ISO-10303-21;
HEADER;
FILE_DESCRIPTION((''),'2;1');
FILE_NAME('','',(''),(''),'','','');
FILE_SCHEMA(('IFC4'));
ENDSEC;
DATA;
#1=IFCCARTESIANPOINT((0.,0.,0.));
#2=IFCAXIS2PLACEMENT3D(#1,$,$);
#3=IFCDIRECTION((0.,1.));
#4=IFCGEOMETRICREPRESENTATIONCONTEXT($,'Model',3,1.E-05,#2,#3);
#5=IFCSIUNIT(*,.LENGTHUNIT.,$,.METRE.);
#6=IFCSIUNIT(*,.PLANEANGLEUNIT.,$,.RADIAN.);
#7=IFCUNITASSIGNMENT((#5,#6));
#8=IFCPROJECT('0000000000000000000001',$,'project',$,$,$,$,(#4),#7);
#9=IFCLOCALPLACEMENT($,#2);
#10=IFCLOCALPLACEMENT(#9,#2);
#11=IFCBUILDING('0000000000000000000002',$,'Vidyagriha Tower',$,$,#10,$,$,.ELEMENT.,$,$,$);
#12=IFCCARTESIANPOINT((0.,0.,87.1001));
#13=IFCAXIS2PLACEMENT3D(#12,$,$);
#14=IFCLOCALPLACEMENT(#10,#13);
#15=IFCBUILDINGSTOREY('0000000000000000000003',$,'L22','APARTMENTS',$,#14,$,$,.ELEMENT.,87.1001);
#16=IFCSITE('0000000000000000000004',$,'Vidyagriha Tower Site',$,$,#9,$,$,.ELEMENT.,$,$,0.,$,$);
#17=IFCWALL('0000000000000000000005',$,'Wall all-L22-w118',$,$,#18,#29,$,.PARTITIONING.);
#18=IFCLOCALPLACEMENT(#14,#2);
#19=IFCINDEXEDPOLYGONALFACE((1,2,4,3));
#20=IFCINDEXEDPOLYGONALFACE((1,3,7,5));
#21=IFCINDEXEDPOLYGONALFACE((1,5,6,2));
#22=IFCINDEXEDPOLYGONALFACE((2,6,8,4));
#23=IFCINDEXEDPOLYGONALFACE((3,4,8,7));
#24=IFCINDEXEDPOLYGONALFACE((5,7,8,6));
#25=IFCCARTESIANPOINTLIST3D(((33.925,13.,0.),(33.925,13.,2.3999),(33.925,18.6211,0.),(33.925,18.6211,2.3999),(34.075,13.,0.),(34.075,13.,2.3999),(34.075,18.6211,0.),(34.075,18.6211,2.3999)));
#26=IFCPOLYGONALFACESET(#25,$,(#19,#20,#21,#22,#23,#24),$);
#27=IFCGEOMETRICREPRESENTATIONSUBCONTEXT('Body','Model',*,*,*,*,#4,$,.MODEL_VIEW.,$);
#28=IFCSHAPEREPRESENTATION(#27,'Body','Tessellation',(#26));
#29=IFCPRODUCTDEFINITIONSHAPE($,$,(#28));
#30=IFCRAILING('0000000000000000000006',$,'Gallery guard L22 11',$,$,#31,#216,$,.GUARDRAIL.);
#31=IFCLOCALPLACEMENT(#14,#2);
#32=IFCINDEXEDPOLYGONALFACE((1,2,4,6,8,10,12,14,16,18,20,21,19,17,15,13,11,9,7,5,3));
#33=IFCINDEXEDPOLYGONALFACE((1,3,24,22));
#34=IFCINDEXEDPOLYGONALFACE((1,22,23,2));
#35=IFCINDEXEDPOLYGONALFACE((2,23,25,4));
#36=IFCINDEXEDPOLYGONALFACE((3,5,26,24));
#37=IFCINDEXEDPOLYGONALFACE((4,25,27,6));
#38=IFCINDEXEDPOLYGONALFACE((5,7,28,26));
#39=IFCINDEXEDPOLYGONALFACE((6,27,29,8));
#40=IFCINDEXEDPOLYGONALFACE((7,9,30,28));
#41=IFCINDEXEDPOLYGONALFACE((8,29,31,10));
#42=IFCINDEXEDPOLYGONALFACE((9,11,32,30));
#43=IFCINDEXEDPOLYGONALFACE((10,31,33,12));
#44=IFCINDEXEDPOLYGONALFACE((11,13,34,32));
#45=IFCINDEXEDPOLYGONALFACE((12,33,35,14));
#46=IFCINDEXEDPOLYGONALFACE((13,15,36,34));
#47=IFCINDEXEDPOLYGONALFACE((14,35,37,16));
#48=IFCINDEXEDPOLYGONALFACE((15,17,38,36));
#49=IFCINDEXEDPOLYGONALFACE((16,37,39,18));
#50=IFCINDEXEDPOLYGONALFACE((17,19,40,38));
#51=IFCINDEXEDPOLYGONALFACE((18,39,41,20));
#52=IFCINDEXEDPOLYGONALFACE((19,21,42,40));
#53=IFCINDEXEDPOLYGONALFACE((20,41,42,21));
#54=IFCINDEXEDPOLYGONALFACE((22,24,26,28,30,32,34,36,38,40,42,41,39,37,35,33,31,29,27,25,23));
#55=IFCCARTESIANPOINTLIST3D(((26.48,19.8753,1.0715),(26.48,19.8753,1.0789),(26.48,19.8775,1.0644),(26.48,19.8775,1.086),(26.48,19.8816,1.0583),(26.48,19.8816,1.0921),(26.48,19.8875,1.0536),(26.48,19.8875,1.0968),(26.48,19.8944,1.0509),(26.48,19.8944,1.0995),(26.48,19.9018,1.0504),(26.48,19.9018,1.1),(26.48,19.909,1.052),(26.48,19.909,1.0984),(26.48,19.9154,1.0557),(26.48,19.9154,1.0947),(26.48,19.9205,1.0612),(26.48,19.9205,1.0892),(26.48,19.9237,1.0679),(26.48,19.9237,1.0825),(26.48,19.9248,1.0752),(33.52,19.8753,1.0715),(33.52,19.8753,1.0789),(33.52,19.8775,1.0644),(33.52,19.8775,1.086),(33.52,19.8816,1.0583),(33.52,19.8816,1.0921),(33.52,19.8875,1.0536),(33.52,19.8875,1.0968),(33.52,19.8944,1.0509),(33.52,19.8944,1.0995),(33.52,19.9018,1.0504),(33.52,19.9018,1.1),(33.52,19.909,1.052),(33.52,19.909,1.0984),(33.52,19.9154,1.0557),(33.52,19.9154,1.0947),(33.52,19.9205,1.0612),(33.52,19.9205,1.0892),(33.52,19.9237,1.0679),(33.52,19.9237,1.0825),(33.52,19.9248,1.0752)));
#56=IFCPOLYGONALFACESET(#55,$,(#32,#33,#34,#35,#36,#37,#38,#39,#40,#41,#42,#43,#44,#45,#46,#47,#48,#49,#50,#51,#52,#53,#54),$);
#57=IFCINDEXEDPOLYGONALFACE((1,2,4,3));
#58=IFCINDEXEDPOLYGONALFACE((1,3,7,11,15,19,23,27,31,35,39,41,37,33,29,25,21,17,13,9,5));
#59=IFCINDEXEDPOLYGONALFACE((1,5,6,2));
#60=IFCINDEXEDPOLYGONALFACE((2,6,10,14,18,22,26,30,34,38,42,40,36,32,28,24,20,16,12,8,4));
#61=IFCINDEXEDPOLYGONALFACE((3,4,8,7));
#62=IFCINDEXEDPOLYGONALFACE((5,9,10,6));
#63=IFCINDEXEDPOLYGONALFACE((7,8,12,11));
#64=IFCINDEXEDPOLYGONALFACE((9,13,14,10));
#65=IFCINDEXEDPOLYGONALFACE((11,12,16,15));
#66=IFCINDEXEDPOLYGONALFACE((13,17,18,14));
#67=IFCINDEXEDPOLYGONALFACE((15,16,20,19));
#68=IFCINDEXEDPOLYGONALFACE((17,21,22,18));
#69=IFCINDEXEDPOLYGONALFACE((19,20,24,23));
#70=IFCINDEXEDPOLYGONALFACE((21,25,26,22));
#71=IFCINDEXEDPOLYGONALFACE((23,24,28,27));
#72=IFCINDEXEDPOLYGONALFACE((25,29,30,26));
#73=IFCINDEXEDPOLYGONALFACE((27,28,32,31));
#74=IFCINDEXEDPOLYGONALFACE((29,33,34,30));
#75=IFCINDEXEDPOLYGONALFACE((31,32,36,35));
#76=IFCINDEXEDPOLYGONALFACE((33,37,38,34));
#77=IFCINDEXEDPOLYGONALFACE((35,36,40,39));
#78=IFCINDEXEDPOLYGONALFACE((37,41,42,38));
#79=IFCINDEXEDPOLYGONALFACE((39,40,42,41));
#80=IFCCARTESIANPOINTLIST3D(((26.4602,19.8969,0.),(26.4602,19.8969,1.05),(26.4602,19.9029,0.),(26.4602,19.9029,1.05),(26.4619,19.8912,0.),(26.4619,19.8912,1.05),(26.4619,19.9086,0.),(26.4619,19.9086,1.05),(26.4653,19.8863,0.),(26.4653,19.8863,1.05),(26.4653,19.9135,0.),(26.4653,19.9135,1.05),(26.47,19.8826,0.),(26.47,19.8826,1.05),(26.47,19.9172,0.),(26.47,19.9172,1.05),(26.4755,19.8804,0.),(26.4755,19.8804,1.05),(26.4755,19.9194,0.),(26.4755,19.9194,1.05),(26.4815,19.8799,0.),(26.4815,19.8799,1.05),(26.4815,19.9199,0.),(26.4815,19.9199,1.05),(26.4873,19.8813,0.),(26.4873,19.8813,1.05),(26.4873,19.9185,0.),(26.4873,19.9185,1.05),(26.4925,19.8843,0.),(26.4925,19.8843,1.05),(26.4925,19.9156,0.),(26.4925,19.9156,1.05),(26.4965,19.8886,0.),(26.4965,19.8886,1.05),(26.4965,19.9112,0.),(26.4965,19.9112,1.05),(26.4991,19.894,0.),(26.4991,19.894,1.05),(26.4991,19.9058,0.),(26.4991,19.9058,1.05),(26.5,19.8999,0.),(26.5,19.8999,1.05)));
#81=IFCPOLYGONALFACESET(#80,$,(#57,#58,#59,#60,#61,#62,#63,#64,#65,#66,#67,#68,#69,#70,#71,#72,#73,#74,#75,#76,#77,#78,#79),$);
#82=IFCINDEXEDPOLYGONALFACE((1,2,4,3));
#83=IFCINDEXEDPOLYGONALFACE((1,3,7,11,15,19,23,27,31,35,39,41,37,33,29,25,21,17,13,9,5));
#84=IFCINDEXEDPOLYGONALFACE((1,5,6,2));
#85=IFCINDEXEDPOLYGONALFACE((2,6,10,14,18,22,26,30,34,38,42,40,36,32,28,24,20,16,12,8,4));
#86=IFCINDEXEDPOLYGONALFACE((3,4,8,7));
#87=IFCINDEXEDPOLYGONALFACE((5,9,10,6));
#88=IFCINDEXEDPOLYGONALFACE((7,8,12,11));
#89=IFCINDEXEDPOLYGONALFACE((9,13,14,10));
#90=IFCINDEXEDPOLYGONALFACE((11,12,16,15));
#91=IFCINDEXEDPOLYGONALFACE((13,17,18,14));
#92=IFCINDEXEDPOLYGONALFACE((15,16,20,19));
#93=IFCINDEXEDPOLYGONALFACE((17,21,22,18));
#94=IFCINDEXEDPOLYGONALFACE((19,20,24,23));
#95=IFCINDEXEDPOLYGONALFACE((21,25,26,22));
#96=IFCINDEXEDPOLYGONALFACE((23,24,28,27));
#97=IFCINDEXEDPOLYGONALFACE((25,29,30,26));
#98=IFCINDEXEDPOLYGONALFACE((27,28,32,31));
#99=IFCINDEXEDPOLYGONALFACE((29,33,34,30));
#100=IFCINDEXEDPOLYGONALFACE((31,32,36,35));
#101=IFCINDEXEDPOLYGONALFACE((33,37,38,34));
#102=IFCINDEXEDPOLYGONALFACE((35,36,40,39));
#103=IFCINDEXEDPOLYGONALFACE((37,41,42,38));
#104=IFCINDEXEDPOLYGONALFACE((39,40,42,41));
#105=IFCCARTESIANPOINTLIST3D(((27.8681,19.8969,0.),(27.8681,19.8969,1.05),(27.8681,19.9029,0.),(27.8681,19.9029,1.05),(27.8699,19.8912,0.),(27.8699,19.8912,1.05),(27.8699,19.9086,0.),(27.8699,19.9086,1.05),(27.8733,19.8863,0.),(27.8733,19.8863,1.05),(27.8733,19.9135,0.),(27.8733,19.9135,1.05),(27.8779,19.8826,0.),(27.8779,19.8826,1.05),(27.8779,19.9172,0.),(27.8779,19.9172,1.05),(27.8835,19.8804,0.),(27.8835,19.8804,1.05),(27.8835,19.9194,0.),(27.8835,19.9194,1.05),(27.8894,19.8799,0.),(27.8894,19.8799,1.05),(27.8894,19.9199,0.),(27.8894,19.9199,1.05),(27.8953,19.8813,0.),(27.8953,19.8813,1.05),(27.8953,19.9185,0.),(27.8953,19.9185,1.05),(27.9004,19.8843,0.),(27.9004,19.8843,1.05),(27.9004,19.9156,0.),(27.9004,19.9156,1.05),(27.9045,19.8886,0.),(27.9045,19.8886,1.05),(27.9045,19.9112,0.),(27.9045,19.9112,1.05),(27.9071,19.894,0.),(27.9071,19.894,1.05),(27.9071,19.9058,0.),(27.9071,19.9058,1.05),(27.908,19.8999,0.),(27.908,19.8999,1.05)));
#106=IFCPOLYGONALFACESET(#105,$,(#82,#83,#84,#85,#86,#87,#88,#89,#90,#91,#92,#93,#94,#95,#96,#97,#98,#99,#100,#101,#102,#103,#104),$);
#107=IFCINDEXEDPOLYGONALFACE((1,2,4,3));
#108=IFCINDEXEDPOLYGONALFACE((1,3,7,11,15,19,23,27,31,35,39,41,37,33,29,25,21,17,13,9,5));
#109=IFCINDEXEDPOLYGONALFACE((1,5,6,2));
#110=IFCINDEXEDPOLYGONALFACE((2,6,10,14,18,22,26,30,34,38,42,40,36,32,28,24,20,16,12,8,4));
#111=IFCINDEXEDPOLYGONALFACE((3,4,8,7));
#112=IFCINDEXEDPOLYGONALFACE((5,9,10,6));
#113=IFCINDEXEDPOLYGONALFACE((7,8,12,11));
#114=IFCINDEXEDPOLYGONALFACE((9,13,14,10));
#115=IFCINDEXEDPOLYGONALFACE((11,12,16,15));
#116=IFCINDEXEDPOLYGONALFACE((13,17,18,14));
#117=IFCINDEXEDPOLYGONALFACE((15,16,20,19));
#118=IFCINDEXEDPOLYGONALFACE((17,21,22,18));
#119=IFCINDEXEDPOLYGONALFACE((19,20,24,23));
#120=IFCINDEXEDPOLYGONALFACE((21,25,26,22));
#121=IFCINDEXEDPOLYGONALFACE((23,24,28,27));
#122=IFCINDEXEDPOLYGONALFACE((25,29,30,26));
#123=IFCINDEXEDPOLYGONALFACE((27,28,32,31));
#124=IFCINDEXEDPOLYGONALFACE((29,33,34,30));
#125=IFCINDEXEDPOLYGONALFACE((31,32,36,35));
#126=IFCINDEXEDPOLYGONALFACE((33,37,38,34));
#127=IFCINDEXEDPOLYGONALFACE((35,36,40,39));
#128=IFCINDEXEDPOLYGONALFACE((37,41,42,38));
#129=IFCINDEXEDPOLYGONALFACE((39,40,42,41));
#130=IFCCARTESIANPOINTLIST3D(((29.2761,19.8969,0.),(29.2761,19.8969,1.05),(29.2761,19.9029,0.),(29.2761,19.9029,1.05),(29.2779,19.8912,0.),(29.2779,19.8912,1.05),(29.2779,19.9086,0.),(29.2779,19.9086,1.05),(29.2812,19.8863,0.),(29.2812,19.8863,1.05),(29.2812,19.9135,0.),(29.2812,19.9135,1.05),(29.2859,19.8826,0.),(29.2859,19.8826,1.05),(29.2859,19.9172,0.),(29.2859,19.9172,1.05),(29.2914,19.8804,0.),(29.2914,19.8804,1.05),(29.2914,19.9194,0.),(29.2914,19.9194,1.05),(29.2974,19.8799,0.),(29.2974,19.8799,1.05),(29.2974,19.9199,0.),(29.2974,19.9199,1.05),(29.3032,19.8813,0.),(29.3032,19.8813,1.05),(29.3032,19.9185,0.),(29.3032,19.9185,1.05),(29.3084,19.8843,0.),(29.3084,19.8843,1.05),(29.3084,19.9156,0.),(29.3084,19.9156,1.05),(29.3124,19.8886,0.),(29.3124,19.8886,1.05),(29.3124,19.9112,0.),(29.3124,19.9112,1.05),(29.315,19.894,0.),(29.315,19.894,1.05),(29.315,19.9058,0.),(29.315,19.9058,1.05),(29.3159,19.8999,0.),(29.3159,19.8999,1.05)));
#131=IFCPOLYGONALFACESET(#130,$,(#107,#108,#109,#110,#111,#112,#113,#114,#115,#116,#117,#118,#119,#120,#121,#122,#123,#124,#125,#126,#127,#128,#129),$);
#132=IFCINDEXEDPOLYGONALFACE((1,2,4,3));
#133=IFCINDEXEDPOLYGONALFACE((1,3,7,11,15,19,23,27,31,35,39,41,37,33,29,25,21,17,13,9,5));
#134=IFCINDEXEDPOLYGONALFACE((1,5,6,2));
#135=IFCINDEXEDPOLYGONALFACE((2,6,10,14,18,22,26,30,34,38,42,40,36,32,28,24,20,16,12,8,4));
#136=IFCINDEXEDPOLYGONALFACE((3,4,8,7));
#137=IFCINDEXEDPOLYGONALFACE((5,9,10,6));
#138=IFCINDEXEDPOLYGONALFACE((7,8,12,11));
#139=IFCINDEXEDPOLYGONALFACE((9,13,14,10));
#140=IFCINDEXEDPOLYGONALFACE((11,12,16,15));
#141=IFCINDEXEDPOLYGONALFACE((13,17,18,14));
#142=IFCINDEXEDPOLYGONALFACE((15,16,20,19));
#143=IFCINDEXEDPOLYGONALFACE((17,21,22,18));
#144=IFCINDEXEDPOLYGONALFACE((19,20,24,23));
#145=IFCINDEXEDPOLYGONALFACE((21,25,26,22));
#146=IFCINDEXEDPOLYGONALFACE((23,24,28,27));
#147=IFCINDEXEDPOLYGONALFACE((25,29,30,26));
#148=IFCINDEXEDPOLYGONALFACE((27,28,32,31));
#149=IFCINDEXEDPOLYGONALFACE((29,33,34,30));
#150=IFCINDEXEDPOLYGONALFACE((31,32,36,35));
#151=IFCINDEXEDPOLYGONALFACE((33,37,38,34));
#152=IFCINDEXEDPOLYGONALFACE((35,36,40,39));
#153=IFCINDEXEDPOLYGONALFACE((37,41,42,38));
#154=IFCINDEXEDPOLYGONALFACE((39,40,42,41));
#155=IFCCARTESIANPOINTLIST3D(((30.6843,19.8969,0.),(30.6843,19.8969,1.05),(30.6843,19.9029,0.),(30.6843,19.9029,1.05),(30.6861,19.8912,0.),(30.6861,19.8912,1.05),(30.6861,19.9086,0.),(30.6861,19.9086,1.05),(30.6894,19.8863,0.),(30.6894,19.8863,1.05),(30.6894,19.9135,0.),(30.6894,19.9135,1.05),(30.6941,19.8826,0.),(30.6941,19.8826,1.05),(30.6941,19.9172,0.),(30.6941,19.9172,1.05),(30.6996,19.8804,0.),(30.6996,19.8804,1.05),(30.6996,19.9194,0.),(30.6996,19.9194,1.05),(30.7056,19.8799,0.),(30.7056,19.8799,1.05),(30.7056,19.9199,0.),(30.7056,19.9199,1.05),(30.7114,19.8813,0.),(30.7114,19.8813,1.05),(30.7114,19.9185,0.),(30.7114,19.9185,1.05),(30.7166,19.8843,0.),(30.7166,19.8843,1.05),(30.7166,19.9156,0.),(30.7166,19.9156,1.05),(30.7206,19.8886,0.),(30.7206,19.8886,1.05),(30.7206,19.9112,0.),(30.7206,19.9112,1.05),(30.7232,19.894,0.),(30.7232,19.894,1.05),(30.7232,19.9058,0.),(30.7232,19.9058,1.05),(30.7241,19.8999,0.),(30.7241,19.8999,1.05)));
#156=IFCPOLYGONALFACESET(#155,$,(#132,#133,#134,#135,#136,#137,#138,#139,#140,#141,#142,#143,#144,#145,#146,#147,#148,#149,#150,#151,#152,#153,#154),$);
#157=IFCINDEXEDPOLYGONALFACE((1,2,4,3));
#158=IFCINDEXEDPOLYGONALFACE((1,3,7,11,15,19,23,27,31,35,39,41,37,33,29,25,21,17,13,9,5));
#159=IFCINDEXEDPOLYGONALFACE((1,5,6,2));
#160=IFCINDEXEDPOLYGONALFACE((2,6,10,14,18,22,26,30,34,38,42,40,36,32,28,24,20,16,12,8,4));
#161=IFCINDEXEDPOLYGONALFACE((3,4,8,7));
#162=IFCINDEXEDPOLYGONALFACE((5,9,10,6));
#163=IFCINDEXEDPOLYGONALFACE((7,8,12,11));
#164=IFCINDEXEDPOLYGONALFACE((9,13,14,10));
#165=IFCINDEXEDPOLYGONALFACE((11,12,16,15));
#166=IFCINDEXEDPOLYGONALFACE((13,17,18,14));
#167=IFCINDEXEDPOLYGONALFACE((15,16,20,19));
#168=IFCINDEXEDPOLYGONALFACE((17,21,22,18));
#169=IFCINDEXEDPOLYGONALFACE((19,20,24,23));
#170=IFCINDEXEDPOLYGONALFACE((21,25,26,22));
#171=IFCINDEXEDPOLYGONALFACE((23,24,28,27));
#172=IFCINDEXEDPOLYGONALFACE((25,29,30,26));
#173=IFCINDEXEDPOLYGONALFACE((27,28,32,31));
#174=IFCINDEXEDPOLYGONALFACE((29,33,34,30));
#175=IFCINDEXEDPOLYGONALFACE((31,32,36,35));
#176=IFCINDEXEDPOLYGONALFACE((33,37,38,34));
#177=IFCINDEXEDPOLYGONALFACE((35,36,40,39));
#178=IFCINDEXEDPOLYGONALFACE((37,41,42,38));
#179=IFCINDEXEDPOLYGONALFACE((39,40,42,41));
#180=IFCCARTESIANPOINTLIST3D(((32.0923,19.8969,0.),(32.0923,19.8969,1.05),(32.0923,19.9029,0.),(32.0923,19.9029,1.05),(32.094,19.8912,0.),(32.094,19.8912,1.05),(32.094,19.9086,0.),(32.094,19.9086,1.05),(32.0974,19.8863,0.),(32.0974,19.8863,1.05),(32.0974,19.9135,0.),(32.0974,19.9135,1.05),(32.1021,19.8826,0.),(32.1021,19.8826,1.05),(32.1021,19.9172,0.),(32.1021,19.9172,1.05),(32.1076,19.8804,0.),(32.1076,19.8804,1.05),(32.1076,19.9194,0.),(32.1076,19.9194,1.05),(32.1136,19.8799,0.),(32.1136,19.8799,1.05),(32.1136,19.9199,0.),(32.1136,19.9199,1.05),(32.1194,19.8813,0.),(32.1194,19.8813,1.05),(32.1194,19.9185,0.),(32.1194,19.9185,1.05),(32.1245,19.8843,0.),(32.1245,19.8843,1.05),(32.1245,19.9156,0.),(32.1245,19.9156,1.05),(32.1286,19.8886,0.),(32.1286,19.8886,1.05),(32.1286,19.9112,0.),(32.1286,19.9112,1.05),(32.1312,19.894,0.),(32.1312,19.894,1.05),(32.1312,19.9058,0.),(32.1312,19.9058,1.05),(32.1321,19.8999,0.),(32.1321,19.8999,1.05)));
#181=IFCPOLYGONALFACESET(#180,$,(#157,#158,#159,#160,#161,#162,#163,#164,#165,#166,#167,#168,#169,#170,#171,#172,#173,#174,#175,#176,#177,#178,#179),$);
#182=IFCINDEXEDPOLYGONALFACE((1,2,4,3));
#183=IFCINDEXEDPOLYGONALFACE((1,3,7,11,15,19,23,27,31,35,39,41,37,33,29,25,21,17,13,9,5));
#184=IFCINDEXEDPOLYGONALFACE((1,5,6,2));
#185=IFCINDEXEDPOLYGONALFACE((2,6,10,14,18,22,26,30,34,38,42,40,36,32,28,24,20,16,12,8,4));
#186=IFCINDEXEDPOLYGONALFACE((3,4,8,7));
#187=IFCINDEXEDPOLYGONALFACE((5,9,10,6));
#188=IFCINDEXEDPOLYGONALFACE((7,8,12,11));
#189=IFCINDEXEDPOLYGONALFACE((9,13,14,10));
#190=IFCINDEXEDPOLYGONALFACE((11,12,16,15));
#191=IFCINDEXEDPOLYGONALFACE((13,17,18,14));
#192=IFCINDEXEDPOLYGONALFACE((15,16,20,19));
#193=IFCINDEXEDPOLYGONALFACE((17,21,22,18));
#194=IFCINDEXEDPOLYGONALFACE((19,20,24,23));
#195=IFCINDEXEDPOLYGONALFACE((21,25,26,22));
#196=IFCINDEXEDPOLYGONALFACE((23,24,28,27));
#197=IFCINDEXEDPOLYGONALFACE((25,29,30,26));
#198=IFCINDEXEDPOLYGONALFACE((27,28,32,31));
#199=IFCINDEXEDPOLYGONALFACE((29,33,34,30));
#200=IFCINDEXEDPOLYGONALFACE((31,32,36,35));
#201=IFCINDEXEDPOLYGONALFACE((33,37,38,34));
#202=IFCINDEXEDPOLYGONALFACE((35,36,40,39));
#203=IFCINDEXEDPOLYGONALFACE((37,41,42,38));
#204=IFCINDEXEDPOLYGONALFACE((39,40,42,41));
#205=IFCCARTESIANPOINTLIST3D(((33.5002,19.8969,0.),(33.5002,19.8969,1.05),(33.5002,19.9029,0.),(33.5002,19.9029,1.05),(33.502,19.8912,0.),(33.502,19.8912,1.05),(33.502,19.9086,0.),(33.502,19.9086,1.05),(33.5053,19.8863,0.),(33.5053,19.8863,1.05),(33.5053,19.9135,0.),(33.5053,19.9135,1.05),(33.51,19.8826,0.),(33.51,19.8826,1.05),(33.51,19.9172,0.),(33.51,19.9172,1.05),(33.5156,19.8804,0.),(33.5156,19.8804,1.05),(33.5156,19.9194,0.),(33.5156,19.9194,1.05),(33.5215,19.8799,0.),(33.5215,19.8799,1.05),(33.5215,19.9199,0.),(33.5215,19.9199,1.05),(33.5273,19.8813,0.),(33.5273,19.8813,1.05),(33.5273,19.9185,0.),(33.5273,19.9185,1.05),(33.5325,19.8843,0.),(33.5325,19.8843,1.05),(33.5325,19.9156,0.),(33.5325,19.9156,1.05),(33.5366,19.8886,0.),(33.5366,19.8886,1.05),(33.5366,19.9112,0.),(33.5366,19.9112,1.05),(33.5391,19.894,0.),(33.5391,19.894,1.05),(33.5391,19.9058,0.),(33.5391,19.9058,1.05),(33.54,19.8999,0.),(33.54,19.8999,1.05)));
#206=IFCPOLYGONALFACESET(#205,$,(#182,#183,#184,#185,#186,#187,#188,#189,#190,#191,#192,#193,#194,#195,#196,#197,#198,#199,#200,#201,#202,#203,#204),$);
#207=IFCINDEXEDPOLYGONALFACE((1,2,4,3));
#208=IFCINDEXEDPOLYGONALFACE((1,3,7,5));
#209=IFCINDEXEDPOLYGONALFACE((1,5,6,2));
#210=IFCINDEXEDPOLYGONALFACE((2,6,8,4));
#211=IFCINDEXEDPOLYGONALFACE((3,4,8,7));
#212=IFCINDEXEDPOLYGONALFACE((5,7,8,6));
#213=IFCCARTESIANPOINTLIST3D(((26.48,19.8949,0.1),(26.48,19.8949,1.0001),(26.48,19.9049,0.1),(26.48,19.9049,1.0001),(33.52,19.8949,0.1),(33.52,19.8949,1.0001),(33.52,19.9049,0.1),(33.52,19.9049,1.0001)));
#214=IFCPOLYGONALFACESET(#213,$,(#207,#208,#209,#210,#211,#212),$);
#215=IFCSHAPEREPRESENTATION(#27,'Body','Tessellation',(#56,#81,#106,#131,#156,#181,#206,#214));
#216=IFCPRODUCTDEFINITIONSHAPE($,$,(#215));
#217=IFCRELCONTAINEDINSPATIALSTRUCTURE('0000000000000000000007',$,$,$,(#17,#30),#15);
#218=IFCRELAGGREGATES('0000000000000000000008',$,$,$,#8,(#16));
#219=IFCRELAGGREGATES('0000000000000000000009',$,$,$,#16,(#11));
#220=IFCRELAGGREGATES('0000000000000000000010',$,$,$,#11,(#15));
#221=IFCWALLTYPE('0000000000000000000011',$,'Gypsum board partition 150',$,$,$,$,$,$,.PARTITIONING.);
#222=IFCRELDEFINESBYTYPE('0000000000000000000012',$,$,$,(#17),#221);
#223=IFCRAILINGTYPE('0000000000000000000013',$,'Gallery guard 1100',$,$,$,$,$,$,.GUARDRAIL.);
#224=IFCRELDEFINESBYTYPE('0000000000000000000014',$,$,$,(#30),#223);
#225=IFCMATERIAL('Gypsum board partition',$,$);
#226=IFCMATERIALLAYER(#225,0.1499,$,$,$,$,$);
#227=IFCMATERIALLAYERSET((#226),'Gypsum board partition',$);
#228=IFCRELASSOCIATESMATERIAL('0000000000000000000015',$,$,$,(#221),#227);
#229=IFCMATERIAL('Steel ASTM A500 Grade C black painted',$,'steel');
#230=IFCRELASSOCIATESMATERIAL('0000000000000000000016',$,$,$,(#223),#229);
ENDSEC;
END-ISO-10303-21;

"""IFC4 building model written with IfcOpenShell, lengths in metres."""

from ifc_helpers import new_model, si_unit, direction, frame, frame_2d, origin, origin_2d, place, context, subcontext, project, spatial, rectangle, circle, extrude, material, layer, layer_set, type_object, element, save


model = new_model("IFC4")

# Units and contexts
model_context = context("Model", 3, precision=1e-05, world=origin(), true_north=direction((0.0, 1.0)))
body_context = subcontext(model_context, "Body", "Model", "MODEL_VIEW")
ifc_project = project(units=[si_unit("LENGTHUNIT", "METRE"), si_unit("PLANEANGLEUNIT", "RADIAN")], contexts=[model_context])

# Site, building, storey
site_placement = place(None, origin())
site = spatial("IfcSite", under=ifc_project, at=site_placement, Name="Vidyagriha Tower Site", CompositionType="ELEMENT", RefElevation=0.0)
building_placement = place(site_placement, origin())
building = spatial("IfcBuilding", under=site, at=building_placement, Name="Vidyagriha Tower", CompositionType="ELEMENT")
storey_placement = place(building_placement, frame((0.0, 0.0, 87.1001)))
storey = spatial("IfcBuildingStorey", under=building, at=storey_placement, Name="L22", Description="APARTMENTS", CompositionType="ELEMENT", Elevation=87.1001)

# Wall
ifc_material_1 = material(Name="Gypsum board partition")
ifc_layer_1 = layer(ifc_material_1, 0.1499)
ifc_layer_set_1 = layer_set([ifc_layer_1], Name="Gypsum board partition")
wall_type_1 = type_object("IfcWallType", Name="Gypsum board partition 150", PredefinedType="PARTITIONING", material=ifc_layer_set_1)
wall_1_placement = place(storey_placement, frame((34.0, 18.6211, 0.0), z_axis=(0.0, 0.0, 1.0), x_axis=(0.0, -1.0, 0.0)))
element("IfcWall", 1, at=wall_1_placement, inside=storey, type_object=wall_type_1, Name="Wall all-L22-w118", PredefinedType="PARTITIONING", context=body_context, shape_type="SweptSolid", body=[
    extrude(rectangle(XDim=5.6211, YDim=0.1499, at=frame_2d((2.8105, 0.0))), origin(), (0.0, 0.0, 1.0), 2.3999),
])

# Railing
ifc_material_2 = material(Name="Steel ASTM A500 Grade C black painted", Category="steel")
railing_type = type_object("IfcRailingType", Name="Gallery guard 1100", PredefinedType="GUARDRAIL", material=ifc_material_2)
railing_1_placement = place(storey_placement, frame((26.48, 19.8999, 0.0)))
element("IfcRailing", 2, at=railing_1_placement, inside=storey, type_object=railing_type, Name="Gallery guard L22 11", PredefinedType="GUARDRAIL", context=body_context, shape_type="SweptSolid", body=[
    extrude(circle(Radius=0.0249, at=origin_2d()), frame((0.0, 0.0, 1.0752), z_axis=(1.0, 0.0, 0.0), x_axis=(0.0, 1.0, 0.0)), (0.0, 0.0, 1.0), 7.04),
    extrude(circle(Radius=0.02, at=origin_2d()), origin(), (0.0, 0.0, 1.0), 1.05),
    extrude(circle(Radius=0.02, at=origin_2d()), frame((1.408, 0.0, 0.0)), (0.0, 0.0, 1.0), 1.05),
    extrude(circle(Radius=0.02, at=origin_2d()), frame((2.8159, 0.0, 0.0)), (0.0, 0.0, 1.0), 1.05),
    extrude(circle(Radius=0.02, at=origin_2d()), frame((4.2241, 0.0, 0.0)), (0.0, 0.0, 1.0), 1.05),
    extrude(circle(Radius=0.02, at=origin_2d()), frame((5.6321, 0.0, 0.0)), (0.0, 0.0, 1.0), 1.05),
    extrude(circle(Radius=0.02, at=origin_2d()), frame((7.04, 0.0, 0.0)), (0.0, 0.0, 1.0), 1.05),
    extrude(rectangle(XDim=0.01, YDim=0.9001, at=origin_2d()), frame((0.0, 0.0, 0.55), z_axis=(1.0, 0.0, 0.0), x_axis=(0.0, 1.0, 0.0)), (0.0, 0.0, 1.0), 7.04),
])

save(model, "model.ifc")
